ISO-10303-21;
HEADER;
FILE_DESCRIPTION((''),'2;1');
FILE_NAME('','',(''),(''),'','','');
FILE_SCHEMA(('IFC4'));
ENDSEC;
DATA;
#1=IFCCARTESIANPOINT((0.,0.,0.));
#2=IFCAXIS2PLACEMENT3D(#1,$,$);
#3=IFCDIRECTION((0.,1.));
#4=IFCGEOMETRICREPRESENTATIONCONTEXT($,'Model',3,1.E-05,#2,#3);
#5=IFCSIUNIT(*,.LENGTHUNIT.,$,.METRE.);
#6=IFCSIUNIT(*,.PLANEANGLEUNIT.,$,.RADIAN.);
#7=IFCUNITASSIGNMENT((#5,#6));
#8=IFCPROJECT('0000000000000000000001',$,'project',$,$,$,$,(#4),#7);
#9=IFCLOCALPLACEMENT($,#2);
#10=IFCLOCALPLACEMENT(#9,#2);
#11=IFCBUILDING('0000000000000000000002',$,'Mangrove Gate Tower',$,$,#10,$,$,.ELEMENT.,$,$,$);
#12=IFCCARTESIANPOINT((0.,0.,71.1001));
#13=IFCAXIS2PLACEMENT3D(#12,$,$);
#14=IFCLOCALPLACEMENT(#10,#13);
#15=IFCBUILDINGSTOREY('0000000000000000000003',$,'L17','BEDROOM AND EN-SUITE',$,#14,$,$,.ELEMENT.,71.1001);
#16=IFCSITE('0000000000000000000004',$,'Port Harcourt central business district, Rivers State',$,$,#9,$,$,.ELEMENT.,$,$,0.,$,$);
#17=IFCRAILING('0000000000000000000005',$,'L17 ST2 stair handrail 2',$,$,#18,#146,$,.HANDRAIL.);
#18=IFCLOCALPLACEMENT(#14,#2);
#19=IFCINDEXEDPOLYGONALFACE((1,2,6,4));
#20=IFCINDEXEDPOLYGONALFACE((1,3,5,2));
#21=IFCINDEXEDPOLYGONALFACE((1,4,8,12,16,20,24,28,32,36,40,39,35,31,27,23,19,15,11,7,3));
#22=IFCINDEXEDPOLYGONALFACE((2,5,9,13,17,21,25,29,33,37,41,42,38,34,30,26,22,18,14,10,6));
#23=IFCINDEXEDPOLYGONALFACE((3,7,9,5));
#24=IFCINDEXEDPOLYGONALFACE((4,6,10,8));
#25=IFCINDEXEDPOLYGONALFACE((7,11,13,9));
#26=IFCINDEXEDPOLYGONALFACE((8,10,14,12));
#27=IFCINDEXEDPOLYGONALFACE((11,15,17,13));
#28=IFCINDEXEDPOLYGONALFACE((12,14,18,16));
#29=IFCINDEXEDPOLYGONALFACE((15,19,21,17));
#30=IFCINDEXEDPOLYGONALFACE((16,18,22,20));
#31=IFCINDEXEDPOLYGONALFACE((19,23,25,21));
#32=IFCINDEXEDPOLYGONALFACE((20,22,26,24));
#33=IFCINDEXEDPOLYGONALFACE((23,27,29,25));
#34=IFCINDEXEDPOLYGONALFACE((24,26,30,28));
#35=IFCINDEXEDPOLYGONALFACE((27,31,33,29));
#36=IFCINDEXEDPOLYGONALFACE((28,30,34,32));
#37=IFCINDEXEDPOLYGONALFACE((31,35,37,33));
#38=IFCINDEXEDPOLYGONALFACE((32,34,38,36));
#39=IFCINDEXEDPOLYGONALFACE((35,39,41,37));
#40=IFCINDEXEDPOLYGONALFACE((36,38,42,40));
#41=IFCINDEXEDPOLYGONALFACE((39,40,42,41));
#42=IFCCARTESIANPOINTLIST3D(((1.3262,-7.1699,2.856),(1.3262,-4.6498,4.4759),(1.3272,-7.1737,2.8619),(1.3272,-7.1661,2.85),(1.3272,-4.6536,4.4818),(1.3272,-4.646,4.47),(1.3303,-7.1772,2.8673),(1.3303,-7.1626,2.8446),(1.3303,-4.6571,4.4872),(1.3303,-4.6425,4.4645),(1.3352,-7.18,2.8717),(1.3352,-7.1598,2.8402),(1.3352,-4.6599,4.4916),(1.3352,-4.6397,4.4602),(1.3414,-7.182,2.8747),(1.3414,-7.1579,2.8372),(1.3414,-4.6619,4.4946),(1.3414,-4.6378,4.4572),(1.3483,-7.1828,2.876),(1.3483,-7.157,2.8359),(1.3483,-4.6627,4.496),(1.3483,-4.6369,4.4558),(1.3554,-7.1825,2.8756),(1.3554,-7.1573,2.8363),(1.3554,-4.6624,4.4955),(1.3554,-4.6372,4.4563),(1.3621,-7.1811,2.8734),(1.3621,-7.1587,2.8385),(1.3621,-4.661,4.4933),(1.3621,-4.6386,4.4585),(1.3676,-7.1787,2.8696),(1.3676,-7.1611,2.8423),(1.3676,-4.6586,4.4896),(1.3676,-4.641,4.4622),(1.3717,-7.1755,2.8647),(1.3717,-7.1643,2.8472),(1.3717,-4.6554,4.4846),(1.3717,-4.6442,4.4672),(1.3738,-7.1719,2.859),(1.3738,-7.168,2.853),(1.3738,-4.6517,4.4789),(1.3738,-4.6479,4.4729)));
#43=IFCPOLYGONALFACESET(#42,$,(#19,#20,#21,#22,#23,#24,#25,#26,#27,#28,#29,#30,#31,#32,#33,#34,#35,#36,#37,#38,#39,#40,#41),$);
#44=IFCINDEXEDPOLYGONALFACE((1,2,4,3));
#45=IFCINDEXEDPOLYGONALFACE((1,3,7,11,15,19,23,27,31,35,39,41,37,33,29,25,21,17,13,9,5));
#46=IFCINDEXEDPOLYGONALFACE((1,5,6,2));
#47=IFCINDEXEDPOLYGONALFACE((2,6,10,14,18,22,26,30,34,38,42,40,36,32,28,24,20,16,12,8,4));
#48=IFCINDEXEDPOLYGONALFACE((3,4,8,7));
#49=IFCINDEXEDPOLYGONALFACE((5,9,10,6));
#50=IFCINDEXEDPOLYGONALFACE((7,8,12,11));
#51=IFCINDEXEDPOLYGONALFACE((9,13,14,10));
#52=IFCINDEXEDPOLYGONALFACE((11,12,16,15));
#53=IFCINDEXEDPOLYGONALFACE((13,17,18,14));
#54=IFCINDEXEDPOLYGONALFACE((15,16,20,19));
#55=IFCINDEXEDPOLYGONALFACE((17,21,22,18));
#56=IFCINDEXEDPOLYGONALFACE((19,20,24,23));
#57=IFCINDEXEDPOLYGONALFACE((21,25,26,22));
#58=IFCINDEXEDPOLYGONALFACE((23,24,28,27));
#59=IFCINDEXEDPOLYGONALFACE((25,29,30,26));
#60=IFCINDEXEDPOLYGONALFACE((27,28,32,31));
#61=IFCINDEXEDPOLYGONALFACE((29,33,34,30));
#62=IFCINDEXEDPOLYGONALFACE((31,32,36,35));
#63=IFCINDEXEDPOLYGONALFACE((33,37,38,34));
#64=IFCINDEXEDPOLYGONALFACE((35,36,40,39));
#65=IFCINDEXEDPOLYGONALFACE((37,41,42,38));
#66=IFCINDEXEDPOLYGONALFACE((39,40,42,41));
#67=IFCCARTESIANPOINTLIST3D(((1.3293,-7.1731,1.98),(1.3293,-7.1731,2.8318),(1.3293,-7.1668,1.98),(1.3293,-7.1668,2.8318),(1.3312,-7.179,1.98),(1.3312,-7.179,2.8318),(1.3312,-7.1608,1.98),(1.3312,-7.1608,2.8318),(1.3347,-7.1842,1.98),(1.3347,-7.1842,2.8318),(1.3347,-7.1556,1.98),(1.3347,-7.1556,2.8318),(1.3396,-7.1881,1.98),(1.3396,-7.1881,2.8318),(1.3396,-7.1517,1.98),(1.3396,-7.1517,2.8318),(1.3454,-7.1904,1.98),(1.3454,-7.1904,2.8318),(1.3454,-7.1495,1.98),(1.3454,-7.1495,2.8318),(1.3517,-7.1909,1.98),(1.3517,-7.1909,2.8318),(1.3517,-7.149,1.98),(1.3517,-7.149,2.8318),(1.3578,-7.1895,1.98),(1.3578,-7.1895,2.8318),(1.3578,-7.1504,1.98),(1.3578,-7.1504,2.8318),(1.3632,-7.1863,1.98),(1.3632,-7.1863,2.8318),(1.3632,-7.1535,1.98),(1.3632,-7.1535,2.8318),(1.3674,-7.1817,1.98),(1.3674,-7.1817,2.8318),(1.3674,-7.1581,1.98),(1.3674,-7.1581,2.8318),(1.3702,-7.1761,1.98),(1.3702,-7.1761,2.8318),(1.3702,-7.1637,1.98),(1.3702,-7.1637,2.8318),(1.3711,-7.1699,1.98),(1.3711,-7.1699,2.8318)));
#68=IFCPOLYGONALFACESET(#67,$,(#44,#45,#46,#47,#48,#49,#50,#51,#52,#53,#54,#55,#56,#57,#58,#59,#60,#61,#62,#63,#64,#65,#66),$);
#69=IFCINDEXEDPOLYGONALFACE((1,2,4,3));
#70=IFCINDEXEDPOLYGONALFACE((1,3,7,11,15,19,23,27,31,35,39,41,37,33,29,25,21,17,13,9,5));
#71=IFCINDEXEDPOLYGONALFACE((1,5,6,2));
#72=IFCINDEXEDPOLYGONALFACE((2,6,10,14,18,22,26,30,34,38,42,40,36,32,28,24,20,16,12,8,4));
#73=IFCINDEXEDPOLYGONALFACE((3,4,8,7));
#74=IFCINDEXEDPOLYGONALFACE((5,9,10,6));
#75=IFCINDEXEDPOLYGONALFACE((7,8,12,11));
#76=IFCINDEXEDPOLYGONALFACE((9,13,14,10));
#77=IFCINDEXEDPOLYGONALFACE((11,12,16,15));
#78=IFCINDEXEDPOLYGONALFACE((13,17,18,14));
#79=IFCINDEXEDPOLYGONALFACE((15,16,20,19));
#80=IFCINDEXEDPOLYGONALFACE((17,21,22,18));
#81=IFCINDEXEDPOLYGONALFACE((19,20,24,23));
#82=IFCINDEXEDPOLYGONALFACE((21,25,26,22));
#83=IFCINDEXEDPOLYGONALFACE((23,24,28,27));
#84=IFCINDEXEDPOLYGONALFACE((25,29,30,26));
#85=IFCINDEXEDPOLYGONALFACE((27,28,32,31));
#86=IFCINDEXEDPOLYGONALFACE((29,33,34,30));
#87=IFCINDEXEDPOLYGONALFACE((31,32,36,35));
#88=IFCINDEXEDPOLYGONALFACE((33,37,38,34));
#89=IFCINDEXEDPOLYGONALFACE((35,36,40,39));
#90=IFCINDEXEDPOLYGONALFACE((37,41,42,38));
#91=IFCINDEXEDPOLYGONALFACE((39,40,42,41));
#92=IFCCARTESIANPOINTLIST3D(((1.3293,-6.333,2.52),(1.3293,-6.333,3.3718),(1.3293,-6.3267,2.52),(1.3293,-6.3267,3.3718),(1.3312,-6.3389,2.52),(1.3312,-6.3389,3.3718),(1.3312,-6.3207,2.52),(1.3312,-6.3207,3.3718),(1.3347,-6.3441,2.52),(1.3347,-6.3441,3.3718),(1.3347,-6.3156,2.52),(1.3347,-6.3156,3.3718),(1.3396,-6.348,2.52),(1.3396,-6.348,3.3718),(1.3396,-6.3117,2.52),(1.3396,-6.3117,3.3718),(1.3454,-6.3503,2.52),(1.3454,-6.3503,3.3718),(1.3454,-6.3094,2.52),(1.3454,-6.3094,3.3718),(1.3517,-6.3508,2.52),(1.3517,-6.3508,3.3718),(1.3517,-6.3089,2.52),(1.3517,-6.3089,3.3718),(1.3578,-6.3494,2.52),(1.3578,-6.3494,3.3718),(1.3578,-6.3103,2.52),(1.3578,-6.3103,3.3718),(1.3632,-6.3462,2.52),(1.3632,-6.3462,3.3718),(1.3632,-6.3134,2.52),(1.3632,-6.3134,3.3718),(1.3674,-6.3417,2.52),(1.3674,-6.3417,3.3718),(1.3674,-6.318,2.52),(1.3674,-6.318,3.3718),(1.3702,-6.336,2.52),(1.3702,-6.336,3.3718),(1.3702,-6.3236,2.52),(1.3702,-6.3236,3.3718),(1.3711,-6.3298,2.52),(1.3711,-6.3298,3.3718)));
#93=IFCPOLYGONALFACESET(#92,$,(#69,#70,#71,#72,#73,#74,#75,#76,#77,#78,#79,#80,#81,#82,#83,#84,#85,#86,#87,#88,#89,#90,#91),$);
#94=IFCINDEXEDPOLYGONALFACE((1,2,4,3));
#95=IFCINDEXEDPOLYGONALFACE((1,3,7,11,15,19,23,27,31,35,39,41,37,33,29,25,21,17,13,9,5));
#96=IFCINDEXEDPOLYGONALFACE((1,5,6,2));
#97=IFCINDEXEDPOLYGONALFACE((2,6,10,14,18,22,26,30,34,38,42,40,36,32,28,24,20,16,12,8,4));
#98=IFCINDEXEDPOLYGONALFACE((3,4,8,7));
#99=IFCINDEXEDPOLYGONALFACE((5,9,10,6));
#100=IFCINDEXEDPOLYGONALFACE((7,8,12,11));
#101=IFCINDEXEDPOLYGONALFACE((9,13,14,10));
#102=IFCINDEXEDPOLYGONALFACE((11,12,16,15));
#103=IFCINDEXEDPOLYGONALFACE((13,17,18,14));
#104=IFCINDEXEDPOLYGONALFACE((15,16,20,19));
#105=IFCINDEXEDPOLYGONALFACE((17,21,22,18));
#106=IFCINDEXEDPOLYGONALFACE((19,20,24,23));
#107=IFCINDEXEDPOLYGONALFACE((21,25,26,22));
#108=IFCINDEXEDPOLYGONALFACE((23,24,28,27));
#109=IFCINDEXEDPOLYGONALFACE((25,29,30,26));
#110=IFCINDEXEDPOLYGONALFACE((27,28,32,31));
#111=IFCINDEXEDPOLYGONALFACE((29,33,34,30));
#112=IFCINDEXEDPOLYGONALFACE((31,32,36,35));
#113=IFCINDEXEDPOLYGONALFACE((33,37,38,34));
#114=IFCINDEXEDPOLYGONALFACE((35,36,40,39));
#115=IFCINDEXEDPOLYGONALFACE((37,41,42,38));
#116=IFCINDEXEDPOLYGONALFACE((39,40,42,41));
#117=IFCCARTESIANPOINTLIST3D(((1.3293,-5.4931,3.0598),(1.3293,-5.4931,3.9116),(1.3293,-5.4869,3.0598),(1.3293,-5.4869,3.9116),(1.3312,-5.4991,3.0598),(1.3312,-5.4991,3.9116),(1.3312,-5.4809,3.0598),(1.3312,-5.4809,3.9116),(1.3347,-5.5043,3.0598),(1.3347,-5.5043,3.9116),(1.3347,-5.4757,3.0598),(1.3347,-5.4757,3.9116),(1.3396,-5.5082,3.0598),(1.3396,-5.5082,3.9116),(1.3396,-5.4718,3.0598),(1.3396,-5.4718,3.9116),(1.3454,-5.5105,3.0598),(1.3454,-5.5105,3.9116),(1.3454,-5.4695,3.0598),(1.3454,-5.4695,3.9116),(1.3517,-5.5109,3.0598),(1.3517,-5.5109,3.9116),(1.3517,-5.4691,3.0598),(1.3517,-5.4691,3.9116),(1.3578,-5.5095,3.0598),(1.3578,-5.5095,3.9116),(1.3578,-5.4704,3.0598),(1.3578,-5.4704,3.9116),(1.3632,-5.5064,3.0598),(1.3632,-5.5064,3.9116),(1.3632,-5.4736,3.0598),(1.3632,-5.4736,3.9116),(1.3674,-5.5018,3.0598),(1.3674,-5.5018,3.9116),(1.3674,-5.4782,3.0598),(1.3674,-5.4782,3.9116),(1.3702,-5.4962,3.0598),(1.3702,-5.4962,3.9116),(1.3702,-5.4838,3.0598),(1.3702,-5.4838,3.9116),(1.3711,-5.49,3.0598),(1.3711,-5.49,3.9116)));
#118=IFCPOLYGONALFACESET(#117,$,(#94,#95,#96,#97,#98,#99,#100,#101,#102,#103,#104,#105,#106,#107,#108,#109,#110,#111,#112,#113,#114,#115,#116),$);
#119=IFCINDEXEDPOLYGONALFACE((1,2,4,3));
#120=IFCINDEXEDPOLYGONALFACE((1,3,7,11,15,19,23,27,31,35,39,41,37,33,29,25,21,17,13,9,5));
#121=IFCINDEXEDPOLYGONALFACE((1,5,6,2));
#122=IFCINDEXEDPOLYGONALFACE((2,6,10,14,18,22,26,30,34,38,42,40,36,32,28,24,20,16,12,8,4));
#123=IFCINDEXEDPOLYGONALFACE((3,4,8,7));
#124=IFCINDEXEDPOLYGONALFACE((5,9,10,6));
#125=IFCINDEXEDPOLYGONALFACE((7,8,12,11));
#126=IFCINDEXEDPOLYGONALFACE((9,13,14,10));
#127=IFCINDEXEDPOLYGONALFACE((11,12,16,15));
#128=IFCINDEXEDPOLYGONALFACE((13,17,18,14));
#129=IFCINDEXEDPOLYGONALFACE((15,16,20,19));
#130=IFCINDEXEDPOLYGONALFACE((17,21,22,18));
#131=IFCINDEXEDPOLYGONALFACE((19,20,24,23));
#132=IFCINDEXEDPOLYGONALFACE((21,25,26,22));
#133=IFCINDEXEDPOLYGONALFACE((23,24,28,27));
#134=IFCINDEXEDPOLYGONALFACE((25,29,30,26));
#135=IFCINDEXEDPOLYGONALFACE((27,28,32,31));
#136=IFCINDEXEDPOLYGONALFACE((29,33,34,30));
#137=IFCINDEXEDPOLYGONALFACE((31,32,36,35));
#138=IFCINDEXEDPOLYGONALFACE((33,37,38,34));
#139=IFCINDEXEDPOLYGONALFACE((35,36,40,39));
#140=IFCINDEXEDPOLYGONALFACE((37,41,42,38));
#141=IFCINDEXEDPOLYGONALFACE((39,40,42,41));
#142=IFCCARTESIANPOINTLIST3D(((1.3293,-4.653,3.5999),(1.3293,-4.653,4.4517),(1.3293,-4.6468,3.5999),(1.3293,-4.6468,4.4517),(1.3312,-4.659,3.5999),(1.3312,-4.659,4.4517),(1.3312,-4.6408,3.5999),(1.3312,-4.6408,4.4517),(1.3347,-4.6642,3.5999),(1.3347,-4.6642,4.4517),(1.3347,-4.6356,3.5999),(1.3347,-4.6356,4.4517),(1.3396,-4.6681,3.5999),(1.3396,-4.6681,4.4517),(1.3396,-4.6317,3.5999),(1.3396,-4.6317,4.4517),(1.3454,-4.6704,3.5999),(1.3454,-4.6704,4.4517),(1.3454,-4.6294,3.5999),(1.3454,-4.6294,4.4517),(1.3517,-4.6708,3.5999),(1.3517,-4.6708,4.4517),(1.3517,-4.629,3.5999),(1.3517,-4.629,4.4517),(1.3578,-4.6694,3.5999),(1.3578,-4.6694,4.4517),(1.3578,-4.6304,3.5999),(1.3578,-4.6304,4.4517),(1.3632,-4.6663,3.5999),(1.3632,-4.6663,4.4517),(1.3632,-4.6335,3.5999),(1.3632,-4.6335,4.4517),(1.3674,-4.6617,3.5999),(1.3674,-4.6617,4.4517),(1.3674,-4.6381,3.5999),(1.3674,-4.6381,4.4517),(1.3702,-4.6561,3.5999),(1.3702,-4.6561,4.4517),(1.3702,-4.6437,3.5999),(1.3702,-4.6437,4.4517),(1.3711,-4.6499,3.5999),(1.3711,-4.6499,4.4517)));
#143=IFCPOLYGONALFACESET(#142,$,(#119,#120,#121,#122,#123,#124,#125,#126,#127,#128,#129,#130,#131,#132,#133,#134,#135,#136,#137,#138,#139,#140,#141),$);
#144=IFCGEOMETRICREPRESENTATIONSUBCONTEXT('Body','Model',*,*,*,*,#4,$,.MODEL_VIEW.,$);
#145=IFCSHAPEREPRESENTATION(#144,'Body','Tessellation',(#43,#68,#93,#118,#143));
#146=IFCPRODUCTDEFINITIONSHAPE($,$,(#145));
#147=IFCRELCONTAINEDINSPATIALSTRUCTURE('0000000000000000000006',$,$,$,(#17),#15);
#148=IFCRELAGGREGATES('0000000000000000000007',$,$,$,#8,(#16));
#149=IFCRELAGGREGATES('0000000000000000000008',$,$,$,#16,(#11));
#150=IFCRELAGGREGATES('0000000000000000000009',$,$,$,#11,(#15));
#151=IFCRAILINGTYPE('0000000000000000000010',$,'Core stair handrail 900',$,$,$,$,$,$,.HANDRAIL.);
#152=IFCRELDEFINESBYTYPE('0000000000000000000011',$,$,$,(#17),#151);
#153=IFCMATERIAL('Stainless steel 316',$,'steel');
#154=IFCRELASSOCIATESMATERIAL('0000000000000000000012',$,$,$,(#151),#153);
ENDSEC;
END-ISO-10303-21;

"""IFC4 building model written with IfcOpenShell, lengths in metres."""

from ifc_helpers import new_model, si_unit, direction, frame, origin, origin_2d, place, context, subcontext, project, spatial, circle, extrude, material, type_object, element, save


model = new_model("IFC4")

# Units and contexts
model_context = context("Model", 3, precision=1e-05, world=origin(), true_north=direction((0.0, 1.0)))
body_context = subcontext(model_context, "Body", "Model", "MODEL_VIEW")
ifc_project = project(units=[si_unit("LENGTHUNIT", "METRE"), si_unit("PLANEANGLEUNIT", "RADIAN")], contexts=[model_context])

# Site, building, storey
site_placement = place(None, origin())
site = spatial("IfcSite", under=ifc_project, at=site_placement, Name="Port Harcourt central business district, Rivers State", CompositionType="ELEMENT", RefElevation=0.0)
building_placement = place(site_placement, origin())
building = spatial("IfcBuilding", under=site, at=building_placement, Name="Mangrove Gate Tower", CompositionType="ELEMENT")
storey_placement = place(building_placement, frame((0.0, 0.0, 71.1001)))
storey = spatial("IfcBuildingStorey", under=building, at=storey_placement, Name="L17", Description="BEDROOM AND EN-SUITE", CompositionType="ELEMENT", Elevation=71.1001)

# Railing
ifc_material_1 = material(Name="Stainless steel 316", Category="steel")
railing_type_1 = type_object("IfcRailingType", Name="Core stair handrail 900", PredefinedType="HANDRAIL", material=ifc_material_1)
railing_1_placement = place(storey_placement, frame((1.3501, -7.1699, 1.98)))
element("IfcRailing", 1, at=railing_1_placement, inside=storey, type_object=railing_type_1, Name="L17 ST2 stair handrail 2", PredefinedType="HANDRAIL", context=body_context, shape_type="SweptSolid", body=[
    extrude(circle(Radius=0.0239, at=origin_2d()), frame((0.0, 0.0, 0.876), z_axis=(0.0, 0.8412, 0.540725), x_axis=(-1.0, 0.0, 0.0)), (0.0, 0.0, 1.0), 2.9958),
    extrude(circle(Radius=0.021, at=origin_2d()), origin(), (0.0, 0.0, 1.0), 0.8518),
    extrude(circle(Radius=0.021, at=origin_2d()), frame((0.0, 0.8401, 0.54)), (0.0, 0.0, 1.0), 0.8518),
    extrude(circle(Radius=0.021, at=origin_2d()), frame((0.0, 1.6799, 1.0798)), (0.0, 0.0, 1.0), 0.8518),
    extrude(circle(Radius=0.021, at=origin_2d()), frame((0.0, 2.52, 1.6199)), (0.0, 0.0, 1.0), 0.8518),
])

save(model, "model.ifc")
